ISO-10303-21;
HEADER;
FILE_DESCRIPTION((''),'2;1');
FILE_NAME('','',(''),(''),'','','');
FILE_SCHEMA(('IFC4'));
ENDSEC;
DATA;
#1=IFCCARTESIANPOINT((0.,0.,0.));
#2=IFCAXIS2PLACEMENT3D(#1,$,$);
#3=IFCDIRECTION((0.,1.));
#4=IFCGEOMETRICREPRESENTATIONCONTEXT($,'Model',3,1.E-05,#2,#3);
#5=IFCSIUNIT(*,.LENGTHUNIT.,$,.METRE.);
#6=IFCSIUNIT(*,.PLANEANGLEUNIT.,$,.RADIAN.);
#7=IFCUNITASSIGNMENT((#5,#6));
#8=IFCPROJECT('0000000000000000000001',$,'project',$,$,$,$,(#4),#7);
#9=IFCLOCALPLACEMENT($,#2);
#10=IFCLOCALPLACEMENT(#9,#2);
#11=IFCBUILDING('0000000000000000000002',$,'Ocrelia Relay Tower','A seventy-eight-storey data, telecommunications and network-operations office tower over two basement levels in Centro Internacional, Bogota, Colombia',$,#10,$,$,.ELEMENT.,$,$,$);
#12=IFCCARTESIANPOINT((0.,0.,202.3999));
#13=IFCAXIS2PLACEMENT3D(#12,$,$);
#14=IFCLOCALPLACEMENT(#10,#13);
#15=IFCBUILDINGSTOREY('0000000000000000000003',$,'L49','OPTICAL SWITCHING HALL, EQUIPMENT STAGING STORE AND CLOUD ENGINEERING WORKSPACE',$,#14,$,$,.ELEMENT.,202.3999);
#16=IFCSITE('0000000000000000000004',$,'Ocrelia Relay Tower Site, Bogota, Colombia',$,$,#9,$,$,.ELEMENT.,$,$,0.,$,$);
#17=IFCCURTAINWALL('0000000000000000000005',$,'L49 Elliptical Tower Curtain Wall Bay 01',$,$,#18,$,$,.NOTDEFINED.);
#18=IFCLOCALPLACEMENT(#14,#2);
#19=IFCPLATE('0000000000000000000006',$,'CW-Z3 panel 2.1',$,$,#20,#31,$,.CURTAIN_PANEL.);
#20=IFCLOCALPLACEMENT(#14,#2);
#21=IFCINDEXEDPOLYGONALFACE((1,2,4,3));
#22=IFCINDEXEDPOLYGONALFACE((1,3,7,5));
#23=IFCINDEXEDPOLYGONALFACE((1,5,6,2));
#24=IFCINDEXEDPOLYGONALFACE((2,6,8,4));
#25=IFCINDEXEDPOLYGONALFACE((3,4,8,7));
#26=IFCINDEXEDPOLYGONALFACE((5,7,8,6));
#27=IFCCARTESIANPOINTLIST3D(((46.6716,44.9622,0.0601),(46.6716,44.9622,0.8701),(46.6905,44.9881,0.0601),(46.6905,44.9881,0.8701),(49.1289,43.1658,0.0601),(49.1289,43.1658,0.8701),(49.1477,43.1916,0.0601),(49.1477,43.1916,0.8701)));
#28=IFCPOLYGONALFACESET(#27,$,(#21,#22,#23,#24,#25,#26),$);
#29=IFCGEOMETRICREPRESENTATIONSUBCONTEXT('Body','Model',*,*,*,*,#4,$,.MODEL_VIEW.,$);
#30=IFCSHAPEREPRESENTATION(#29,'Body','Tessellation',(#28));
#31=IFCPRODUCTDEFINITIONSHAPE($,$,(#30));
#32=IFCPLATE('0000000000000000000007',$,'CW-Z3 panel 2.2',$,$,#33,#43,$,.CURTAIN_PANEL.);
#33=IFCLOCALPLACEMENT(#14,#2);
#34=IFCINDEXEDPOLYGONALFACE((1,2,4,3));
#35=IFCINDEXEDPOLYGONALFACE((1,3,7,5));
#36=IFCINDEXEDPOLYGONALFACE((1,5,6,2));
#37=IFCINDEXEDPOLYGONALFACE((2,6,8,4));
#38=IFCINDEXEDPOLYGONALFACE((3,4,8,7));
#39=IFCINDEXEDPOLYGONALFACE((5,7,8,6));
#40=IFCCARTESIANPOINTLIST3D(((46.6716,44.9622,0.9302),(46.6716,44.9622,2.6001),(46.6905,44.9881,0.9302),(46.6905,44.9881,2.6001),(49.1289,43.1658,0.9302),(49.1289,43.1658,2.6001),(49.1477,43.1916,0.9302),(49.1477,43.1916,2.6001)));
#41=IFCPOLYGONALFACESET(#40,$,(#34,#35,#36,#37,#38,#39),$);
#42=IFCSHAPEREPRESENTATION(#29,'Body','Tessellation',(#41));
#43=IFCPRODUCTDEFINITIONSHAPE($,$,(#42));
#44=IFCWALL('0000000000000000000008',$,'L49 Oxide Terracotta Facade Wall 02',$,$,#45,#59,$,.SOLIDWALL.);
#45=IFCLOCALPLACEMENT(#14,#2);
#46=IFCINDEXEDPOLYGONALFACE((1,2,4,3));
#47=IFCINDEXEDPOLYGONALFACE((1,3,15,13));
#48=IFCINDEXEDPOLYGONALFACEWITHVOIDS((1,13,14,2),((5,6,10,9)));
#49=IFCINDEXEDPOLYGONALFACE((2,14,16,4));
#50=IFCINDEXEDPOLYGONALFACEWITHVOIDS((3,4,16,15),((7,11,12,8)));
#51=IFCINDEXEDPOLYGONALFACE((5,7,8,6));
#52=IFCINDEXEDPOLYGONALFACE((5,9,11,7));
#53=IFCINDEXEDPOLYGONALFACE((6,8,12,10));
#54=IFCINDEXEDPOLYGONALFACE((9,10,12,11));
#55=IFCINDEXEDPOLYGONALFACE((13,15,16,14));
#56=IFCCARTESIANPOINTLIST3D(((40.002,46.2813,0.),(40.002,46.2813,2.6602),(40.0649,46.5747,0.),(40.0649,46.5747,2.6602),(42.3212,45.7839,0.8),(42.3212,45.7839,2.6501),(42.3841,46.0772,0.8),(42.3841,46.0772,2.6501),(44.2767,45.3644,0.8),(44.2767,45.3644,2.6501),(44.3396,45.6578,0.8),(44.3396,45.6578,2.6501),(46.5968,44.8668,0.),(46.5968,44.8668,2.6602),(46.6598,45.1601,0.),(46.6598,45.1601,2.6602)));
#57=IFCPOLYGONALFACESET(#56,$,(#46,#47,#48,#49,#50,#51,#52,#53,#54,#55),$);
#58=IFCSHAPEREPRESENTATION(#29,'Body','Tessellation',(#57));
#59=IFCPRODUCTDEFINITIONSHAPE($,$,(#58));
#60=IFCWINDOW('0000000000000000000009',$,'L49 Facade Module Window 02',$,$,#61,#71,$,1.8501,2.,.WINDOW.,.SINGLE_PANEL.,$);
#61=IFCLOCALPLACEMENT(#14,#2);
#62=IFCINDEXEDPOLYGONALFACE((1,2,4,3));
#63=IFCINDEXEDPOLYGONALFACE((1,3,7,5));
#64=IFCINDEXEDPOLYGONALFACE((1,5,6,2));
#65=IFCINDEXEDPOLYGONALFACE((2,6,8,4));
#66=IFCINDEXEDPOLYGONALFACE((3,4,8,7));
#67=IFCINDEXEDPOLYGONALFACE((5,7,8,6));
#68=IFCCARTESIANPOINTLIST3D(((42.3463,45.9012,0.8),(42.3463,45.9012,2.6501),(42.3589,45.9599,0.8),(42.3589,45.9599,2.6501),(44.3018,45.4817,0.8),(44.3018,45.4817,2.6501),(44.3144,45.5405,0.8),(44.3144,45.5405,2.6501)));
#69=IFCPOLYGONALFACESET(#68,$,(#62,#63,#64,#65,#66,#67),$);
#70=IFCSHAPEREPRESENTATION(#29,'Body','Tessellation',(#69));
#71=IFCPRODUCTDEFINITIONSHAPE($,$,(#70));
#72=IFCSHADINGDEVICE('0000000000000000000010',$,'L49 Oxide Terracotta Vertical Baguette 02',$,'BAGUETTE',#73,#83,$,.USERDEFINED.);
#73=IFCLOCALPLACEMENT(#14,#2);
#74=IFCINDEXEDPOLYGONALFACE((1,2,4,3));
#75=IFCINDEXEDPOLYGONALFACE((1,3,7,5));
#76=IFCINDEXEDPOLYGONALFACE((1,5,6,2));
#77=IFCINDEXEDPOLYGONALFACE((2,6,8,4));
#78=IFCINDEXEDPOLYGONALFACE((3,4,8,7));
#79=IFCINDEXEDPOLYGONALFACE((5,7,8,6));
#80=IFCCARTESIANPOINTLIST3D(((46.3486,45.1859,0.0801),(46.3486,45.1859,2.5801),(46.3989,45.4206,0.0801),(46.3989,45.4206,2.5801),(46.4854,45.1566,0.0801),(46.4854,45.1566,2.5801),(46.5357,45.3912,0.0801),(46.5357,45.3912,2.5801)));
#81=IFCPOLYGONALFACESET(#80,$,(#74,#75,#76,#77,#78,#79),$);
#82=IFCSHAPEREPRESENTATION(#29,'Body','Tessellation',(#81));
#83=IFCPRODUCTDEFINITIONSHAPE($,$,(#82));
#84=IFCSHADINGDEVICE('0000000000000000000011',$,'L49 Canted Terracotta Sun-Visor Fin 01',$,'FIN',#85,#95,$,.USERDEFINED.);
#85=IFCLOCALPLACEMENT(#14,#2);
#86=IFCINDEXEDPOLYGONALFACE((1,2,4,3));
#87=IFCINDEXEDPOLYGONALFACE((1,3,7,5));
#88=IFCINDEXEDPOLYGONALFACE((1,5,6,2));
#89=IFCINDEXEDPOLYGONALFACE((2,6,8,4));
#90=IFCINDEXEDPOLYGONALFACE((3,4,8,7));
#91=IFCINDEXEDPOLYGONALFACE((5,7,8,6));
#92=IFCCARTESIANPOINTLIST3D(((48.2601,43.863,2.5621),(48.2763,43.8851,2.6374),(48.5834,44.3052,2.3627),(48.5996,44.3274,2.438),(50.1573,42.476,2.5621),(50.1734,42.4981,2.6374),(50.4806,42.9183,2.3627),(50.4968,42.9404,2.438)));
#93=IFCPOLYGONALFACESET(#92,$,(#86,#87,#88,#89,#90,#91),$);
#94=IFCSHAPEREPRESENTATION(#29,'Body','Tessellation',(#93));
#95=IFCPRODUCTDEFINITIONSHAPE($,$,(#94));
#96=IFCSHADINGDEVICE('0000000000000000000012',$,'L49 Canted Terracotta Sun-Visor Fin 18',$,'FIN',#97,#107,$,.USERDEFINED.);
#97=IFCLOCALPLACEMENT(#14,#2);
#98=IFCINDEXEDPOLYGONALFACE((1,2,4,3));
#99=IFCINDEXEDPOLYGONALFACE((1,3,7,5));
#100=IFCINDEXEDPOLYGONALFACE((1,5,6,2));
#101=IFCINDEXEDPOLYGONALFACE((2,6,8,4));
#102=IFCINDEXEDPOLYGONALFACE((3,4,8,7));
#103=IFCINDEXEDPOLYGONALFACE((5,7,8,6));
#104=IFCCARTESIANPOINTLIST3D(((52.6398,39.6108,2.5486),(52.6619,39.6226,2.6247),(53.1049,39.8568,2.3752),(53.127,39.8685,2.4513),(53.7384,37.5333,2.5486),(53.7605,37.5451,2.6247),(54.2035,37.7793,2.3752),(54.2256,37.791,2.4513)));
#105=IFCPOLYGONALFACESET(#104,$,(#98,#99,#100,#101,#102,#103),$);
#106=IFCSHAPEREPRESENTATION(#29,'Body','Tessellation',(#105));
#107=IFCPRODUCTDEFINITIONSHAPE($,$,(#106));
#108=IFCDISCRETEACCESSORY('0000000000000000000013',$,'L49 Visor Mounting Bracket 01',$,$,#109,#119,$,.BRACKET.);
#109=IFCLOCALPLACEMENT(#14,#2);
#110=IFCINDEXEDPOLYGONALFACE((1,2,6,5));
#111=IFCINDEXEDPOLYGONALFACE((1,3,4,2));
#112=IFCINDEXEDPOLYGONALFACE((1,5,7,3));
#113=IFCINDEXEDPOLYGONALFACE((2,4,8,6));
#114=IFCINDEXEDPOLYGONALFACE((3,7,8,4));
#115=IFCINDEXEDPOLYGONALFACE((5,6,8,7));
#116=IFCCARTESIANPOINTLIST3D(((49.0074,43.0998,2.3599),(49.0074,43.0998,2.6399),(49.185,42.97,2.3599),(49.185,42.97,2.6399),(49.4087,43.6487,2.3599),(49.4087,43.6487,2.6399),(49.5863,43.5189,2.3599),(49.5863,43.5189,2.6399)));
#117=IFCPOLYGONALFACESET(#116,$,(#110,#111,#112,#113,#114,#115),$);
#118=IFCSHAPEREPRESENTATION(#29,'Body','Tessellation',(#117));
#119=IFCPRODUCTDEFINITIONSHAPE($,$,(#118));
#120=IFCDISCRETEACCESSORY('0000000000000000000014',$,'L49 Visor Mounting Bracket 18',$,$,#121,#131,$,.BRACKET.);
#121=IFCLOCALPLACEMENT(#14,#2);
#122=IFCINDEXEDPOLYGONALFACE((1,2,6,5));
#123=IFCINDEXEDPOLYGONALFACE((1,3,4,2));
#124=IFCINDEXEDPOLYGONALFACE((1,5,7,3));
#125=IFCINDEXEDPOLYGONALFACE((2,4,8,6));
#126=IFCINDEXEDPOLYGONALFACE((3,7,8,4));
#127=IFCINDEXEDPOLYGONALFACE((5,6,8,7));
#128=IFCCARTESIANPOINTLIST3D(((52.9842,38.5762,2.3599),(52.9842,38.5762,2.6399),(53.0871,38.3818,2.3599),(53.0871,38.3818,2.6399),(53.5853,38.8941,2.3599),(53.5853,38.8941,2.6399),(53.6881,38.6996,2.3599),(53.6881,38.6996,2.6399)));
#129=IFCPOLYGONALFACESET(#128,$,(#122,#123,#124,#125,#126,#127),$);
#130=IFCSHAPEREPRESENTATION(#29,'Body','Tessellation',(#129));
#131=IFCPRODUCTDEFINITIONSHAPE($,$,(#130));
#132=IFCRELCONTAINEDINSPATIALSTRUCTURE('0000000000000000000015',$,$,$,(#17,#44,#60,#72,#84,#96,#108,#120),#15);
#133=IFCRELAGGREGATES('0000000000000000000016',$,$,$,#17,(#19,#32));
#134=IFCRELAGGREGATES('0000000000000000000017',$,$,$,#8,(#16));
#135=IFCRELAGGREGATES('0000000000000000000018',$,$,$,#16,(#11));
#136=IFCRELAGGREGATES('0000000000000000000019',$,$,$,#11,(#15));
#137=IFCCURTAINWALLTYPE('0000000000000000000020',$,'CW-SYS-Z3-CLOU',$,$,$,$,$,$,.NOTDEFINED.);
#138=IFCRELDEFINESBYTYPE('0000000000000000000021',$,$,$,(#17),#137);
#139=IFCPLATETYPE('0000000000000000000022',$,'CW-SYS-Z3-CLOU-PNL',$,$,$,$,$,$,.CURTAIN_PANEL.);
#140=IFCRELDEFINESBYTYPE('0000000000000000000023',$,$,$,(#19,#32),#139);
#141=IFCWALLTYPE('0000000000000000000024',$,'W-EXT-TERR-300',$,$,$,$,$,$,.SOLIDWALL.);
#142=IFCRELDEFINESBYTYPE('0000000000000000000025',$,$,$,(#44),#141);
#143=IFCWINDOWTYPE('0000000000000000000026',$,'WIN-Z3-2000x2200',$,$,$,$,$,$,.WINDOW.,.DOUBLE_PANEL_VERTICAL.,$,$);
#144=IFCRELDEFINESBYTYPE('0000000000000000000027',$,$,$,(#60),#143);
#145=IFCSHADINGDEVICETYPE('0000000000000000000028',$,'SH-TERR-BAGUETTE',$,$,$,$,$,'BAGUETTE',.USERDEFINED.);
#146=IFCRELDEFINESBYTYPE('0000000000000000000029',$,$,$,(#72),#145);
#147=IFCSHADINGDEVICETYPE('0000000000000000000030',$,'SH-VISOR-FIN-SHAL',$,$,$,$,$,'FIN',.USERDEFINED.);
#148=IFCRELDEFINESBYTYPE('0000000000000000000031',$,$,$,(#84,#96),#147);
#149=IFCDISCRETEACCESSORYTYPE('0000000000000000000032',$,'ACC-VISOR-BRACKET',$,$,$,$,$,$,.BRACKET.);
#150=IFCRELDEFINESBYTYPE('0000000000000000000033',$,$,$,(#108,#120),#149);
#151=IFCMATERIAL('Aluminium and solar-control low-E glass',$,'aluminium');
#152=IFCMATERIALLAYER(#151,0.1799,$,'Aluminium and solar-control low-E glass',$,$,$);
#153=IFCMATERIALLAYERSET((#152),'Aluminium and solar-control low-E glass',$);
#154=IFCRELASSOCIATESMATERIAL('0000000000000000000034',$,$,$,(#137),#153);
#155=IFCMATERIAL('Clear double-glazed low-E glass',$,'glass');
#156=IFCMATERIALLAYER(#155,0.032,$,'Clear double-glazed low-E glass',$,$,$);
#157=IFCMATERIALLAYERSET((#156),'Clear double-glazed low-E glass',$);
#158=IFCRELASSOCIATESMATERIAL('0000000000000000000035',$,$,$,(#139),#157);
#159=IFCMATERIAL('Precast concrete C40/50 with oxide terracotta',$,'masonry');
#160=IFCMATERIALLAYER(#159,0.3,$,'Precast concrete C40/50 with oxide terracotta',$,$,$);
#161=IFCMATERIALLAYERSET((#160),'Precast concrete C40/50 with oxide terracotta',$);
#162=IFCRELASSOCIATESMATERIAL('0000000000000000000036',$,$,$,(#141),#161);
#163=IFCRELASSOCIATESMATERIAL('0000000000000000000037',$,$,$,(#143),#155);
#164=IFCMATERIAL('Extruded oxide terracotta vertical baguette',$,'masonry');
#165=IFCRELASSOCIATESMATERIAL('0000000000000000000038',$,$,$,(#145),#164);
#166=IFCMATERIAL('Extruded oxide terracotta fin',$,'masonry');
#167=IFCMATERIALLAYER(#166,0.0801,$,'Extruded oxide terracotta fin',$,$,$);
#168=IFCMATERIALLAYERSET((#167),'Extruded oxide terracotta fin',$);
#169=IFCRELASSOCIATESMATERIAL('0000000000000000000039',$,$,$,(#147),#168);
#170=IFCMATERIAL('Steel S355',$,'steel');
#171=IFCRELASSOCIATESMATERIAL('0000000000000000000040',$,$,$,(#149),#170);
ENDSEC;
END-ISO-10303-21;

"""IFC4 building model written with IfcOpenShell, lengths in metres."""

from ifc_helpers import new_model, si_unit, direction, frame, frame_2d, origin, origin_2d, place, context, subcontext, project, spatial, rectangle, extrude, material, layer, layer_set, type_object, element, fill, aggregate, save


model = new_model("IFC4")

# Units and contexts
model_context = context("Model", 3, precision=1e-05, world=origin(), true_north=direction((0.0, 1.0)))
body_context = subcontext(model_context, "Body", "Model", "MODEL_VIEW")
ifc_project = project(units=[si_unit("LENGTHUNIT", "METRE"), si_unit("PLANEANGLEUNIT", "RADIAN")], contexts=[model_context])

# Site, building, storey
site_placement = place(None, origin())
site = spatial("IfcSite", under=ifc_project, at=site_placement, Name="Ocrelia Relay Tower Site, Bogota, Colombia", CompositionType="ELEMENT", RefElevation=0.0)
building_placement = place(site_placement, origin())
building = spatial("IfcBuilding", under=site, at=building_placement, Name="Ocrelia Relay Tower", Description="A seventy-eight-storey data, telecommunications and network-operations office tower over two basement levels in Centro Internacional, Bogota, Colombia", CompositionType="ELEMENT")
storey_placement = place(building_placement, frame((0.0, 0.0, 202.3999)))
storey = spatial("IfcBuildingStorey", under=building, at=storey_placement, Name="L49", Description="OPTICAL SWITCHING HALL, EQUIPMENT STAGING STORE AND CLOUD ENGINEERING WORKSPACE", CompositionType="ELEMENT", Elevation=202.3999)

# Curtain wall, plates
ifc_material_1 = material(Name="Aluminium and solar-control low-E glass", Category="aluminium")
ifc_layer_1 = layer(ifc_material_1, 0.1799, Name="Aluminium and solar-control low-E glass")
ifc_layer_set_1 = layer_set([ifc_layer_1], Name="Aluminium and solar-control low-E glass")
curtain_wall_type = type_object("IfcCurtainWallType", Name="CW-SYS-Z3-CLOU", PredefinedType="NOTDEFINED", material=ifc_layer_set_1)
curtain_wall_placement = place(storey_placement, origin())
curtain_wall = element("IfcCurtainWall", 1, at=curtain_wall_placement, inside=storey, type_object=curtain_wall_type, Name="L49 Elliptical Tower Curtain Wall Bay 01", PredefinedType="NOTDEFINED")
ifc_material_2 = material(Name="Clear double-glazed low-E glass", Category="glass")
ifc_layer_2 = layer(ifc_material_2, 0.032, Name="Clear double-glazed low-E glass")
ifc_layer_set_2 = layer_set([ifc_layer_2], Name="Clear double-glazed low-E glass")
plate_type = type_object("IfcPlateType", Name="CW-SYS-Z3-CLOU-PNL", PredefinedType="CURTAIN_PANEL", material=ifc_layer_set_2)
plate_1_placement = place(storey_placement, frame((47.9097, 44.0769, 0.0601), z_axis=(0.0, 0.0, 1.0), x_axis=(-0.807271, 0.590181, 0.0)))
plate_1 = element("IfcPlate", 2, at=plate_1_placement, type_object=plate_type, Name="CW-Z3 panel 2.1", PredefinedType="CURTAIN_PANEL", context=body_context, shape_type="SweptSolid", body=[
    extrude(rectangle(XDim=3.0439, YDim=0.032, at=origin_2d()), origin(), (0.0, 0.0, 1.0), 0.8101),
])
plate_2_placement = place(storey_placement, frame((47.9097, 44.0769, 0.9302), z_axis=(0.0, 0.0, 1.0), x_axis=(-0.807271, 0.590181, 0.0)))
plate_2 = element("IfcPlate", 3, at=plate_2_placement, type_object=plate_type, Name="CW-Z3 panel 2.2", PredefinedType="CURTAIN_PANEL", context=body_context, shape_type="SweptSolid", body=[
    extrude(rectangle(XDim=3.0439, YDim=0.032, at=origin_2d()), origin(), (0.0, 0.0, 1.0), 1.6699),
])
aggregate(curtain_wall, [plate_1, plate_2])

# Wall, opening, window
ifc_material_3 = material(Name="Precast concrete C40/50 with oxide terracotta", Category="masonry")
ifc_layer_3 = layer(ifc_material_3, 0.3, Name="Precast concrete C40/50 with oxide terracotta")
ifc_layer_set_3 = layer_set([ifc_layer_3], Name="Precast concrete C40/50 with oxide terracotta")
wall_type = type_object("IfcWallType", Name="W-EXT-TERR-300", PredefinedType="SOLIDWALL", material=ifc_layer_set_3)
wall_placement = place(storey_placement, frame((46.6284, 45.0134, 0.0), z_axis=(0.0, 0.0, 1.0), x_axis=(-0.977762, 0.209719, 0.0)))
wall = element("IfcWall", 4, at=wall_placement, inside=storey, type_object=wall_type, Name="L49 Oxide Terracotta Facade Wall 02", PredefinedType="SOLIDWALL", context=body_context, shape_type="SweptSolid", body=[
    extrude(rectangle(XDim=6.7449, YDim=0.3, at=frame_2d((3.3726, 0.0))), origin(), (0.0, 0.0, 1.0), 2.6602),
])
opening_placement = place(wall_placement, frame((2.373, 0.0, 0.8)))
opening = element("IfcOpeningElement", 5, at=opening_placement, cuts=wall, PredefinedType="OPENING", context=body_context, shape_type="SweptSolid", body=[
    extrude(rectangle(XDim=2.0, YDim=1.8501, at=frame_2d((1.0, 0.925))), frame((0.0, 0.1602, 0.0), z_axis=(0.0, -1.0, 0.0), x_axis=(1.0, 0.0, 0.0)), (0.0, 0.0, 1.0), 0.3201),
])
window_type = type_object("IfcWindowType", Name="WIN-Z3-2000x2200", PartitioningType="DOUBLE_PANEL_VERTICAL", PredefinedType="WINDOW", material=ifc_material_2)
window_placement = place(opening_placement, origin())
window = element("IfcWindow", 6, at=window_placement, inside=storey, type_object=window_type, Name="L49 Facade Module Window 02", OverallHeight=1.8501, OverallWidth=2.0, PartitioningType="SINGLE_PANEL", PredefinedType="WINDOW", context=body_context, shape_type="SweptSolid", body=[
    extrude(rectangle(XDim=2.0, YDim=1.8501, at=frame_2d((1.0, 0.925))), frame((0.0, 0.03, 0.0), z_axis=(0.0, -1.0, 0.0), x_axis=(1.0, 0.0, 0.0)), (0.0, 0.0, 1.0), 0.0601),
])
fill(opening, window)

# Shading devices
ifc_material_4 = material(Name="Extruded oxide terracotta vertical baguette", Category="masonry")
shading_device_type_1 = type_object("IfcShadingDeviceType", Name="SH-TERR-BAGUETTE", ElementType="BAGUETTE", PredefinedType="USERDEFINED", material=ifc_material_4)
shading_device_1_placement = place(storey_placement, frame((46.4421, 45.2886, 0.0801), z_axis=(0.0, 0.0, 1.0), x_axis=(-0.97776, 0.209726, 0.0)))
element("IfcShadingDevice", 7, at=shading_device_1_placement, inside=storey, type_object=shading_device_type_1, Name="L49 Oxide Terracotta Vertical Baguette 02", ObjectType="BAGUETTE", PredefinedType="USERDEFINED", context=body_context, shape_type="SweptSolid", body=[
    extrude(rectangle(XDim=0.1399, YDim=0.24, at=origin_2d()), origin(), (0.0, 0.0, 1.0), 2.5),
])
ifc_material_5 = material(Name="Extruded oxide terracotta fin", Category="masonry")
ifc_layer_4 = layer(ifc_material_5, 0.0801, Name="Extruded oxide terracotta fin")
ifc_layer_set_4 = layer_set([ifc_layer_4], Name="Extruded oxide terracotta fin")
shading_device_type_2 = type_object("IfcShadingDeviceType", Name="SH-VISOR-FIN-SHAL", ElementType="FIN", PredefinedType="USERDEFINED", material=ifc_layer_set_4)
shading_device_2_placement = place(storey_placement, frame((49.3704, 43.3906, 2.4624), z_axis=(0.201854, 0.276103, 0.939693), x_axis=(-0.807271, 0.590181, 0.0)))
element("IfcShadingDevice", 8, at=shading_device_2_placement, inside=storey, type_object=shading_device_type_2, Name="L49 Canted Terracotta Sun-Visor Fin 01", ObjectType="FIN", PredefinedType="USERDEFINED", context=body_context, shape_type="SweptSolid", body=[
    extrude(rectangle(XDim=2.3501, YDim=0.583, at=origin_2d()), origin(), (0.0, 0.0, 1.0), 0.0801),
])
shading_device_3_placement = place(storey_placement, frame((53.4216, 38.6951, 2.4619), z_axis=(0.276693, 0.146317, 0.949754), x_axis=(-0.467471, 0.884008, 0.0)))
element("IfcShadingDevice", 9, at=shading_device_3_placement, inside=storey, type_object=shading_device_type_2, Name="L49 Canted Terracotta Sun-Visor Fin 18", ObjectType="FIN", PredefinedType="USERDEFINED", context=body_context, shape_type="SweptSolid", body=[
    extrude(rectangle(XDim=2.3501, YDim=0.554, at=origin_2d()), origin(), (0.0, 0.0, 1.0), 0.0801),
])

# Discrete accessories
ifc_material_6 = material(Name="Steel S355", Category="steel")
discrete_accessory_type = type_object("IfcDiscreteAccessoryType", Name="ACC-VISOR-BRACKET", PredefinedType="BRACKET", material=ifc_material_6)
for number, where, z_axis, x_axis, name in (
    (10, (49.2969, 43.3093, 2.3599), (0.0, 0.0, 1.0), (-0.807271, 0.590181, 0.0), "L49 Visor Mounting Bracket 01"),
    (11, (53.3362, 38.6379, 2.3599), (0.0, 0.0, 1.0), (-0.467471, 0.884008, 0.0), "L49 Visor Mounting Bracket 18"),
):
    element("IfcDiscreteAccessory", number, at=place(storey_placement, frame(where, z_axis=z_axis, x_axis=x_axis)), inside=storey, type_object=discrete_accessory_type, Name=name, PredefinedType="BRACKET", context=body_context, shape_type="SweptSolid", body=[
        extrude(rectangle(XDim=0.22, YDim=0.6799, at=origin_2d()), origin(), (0.0, 0.0, 1.0), 0.28),
    ])

save(model, "model.ifc")
